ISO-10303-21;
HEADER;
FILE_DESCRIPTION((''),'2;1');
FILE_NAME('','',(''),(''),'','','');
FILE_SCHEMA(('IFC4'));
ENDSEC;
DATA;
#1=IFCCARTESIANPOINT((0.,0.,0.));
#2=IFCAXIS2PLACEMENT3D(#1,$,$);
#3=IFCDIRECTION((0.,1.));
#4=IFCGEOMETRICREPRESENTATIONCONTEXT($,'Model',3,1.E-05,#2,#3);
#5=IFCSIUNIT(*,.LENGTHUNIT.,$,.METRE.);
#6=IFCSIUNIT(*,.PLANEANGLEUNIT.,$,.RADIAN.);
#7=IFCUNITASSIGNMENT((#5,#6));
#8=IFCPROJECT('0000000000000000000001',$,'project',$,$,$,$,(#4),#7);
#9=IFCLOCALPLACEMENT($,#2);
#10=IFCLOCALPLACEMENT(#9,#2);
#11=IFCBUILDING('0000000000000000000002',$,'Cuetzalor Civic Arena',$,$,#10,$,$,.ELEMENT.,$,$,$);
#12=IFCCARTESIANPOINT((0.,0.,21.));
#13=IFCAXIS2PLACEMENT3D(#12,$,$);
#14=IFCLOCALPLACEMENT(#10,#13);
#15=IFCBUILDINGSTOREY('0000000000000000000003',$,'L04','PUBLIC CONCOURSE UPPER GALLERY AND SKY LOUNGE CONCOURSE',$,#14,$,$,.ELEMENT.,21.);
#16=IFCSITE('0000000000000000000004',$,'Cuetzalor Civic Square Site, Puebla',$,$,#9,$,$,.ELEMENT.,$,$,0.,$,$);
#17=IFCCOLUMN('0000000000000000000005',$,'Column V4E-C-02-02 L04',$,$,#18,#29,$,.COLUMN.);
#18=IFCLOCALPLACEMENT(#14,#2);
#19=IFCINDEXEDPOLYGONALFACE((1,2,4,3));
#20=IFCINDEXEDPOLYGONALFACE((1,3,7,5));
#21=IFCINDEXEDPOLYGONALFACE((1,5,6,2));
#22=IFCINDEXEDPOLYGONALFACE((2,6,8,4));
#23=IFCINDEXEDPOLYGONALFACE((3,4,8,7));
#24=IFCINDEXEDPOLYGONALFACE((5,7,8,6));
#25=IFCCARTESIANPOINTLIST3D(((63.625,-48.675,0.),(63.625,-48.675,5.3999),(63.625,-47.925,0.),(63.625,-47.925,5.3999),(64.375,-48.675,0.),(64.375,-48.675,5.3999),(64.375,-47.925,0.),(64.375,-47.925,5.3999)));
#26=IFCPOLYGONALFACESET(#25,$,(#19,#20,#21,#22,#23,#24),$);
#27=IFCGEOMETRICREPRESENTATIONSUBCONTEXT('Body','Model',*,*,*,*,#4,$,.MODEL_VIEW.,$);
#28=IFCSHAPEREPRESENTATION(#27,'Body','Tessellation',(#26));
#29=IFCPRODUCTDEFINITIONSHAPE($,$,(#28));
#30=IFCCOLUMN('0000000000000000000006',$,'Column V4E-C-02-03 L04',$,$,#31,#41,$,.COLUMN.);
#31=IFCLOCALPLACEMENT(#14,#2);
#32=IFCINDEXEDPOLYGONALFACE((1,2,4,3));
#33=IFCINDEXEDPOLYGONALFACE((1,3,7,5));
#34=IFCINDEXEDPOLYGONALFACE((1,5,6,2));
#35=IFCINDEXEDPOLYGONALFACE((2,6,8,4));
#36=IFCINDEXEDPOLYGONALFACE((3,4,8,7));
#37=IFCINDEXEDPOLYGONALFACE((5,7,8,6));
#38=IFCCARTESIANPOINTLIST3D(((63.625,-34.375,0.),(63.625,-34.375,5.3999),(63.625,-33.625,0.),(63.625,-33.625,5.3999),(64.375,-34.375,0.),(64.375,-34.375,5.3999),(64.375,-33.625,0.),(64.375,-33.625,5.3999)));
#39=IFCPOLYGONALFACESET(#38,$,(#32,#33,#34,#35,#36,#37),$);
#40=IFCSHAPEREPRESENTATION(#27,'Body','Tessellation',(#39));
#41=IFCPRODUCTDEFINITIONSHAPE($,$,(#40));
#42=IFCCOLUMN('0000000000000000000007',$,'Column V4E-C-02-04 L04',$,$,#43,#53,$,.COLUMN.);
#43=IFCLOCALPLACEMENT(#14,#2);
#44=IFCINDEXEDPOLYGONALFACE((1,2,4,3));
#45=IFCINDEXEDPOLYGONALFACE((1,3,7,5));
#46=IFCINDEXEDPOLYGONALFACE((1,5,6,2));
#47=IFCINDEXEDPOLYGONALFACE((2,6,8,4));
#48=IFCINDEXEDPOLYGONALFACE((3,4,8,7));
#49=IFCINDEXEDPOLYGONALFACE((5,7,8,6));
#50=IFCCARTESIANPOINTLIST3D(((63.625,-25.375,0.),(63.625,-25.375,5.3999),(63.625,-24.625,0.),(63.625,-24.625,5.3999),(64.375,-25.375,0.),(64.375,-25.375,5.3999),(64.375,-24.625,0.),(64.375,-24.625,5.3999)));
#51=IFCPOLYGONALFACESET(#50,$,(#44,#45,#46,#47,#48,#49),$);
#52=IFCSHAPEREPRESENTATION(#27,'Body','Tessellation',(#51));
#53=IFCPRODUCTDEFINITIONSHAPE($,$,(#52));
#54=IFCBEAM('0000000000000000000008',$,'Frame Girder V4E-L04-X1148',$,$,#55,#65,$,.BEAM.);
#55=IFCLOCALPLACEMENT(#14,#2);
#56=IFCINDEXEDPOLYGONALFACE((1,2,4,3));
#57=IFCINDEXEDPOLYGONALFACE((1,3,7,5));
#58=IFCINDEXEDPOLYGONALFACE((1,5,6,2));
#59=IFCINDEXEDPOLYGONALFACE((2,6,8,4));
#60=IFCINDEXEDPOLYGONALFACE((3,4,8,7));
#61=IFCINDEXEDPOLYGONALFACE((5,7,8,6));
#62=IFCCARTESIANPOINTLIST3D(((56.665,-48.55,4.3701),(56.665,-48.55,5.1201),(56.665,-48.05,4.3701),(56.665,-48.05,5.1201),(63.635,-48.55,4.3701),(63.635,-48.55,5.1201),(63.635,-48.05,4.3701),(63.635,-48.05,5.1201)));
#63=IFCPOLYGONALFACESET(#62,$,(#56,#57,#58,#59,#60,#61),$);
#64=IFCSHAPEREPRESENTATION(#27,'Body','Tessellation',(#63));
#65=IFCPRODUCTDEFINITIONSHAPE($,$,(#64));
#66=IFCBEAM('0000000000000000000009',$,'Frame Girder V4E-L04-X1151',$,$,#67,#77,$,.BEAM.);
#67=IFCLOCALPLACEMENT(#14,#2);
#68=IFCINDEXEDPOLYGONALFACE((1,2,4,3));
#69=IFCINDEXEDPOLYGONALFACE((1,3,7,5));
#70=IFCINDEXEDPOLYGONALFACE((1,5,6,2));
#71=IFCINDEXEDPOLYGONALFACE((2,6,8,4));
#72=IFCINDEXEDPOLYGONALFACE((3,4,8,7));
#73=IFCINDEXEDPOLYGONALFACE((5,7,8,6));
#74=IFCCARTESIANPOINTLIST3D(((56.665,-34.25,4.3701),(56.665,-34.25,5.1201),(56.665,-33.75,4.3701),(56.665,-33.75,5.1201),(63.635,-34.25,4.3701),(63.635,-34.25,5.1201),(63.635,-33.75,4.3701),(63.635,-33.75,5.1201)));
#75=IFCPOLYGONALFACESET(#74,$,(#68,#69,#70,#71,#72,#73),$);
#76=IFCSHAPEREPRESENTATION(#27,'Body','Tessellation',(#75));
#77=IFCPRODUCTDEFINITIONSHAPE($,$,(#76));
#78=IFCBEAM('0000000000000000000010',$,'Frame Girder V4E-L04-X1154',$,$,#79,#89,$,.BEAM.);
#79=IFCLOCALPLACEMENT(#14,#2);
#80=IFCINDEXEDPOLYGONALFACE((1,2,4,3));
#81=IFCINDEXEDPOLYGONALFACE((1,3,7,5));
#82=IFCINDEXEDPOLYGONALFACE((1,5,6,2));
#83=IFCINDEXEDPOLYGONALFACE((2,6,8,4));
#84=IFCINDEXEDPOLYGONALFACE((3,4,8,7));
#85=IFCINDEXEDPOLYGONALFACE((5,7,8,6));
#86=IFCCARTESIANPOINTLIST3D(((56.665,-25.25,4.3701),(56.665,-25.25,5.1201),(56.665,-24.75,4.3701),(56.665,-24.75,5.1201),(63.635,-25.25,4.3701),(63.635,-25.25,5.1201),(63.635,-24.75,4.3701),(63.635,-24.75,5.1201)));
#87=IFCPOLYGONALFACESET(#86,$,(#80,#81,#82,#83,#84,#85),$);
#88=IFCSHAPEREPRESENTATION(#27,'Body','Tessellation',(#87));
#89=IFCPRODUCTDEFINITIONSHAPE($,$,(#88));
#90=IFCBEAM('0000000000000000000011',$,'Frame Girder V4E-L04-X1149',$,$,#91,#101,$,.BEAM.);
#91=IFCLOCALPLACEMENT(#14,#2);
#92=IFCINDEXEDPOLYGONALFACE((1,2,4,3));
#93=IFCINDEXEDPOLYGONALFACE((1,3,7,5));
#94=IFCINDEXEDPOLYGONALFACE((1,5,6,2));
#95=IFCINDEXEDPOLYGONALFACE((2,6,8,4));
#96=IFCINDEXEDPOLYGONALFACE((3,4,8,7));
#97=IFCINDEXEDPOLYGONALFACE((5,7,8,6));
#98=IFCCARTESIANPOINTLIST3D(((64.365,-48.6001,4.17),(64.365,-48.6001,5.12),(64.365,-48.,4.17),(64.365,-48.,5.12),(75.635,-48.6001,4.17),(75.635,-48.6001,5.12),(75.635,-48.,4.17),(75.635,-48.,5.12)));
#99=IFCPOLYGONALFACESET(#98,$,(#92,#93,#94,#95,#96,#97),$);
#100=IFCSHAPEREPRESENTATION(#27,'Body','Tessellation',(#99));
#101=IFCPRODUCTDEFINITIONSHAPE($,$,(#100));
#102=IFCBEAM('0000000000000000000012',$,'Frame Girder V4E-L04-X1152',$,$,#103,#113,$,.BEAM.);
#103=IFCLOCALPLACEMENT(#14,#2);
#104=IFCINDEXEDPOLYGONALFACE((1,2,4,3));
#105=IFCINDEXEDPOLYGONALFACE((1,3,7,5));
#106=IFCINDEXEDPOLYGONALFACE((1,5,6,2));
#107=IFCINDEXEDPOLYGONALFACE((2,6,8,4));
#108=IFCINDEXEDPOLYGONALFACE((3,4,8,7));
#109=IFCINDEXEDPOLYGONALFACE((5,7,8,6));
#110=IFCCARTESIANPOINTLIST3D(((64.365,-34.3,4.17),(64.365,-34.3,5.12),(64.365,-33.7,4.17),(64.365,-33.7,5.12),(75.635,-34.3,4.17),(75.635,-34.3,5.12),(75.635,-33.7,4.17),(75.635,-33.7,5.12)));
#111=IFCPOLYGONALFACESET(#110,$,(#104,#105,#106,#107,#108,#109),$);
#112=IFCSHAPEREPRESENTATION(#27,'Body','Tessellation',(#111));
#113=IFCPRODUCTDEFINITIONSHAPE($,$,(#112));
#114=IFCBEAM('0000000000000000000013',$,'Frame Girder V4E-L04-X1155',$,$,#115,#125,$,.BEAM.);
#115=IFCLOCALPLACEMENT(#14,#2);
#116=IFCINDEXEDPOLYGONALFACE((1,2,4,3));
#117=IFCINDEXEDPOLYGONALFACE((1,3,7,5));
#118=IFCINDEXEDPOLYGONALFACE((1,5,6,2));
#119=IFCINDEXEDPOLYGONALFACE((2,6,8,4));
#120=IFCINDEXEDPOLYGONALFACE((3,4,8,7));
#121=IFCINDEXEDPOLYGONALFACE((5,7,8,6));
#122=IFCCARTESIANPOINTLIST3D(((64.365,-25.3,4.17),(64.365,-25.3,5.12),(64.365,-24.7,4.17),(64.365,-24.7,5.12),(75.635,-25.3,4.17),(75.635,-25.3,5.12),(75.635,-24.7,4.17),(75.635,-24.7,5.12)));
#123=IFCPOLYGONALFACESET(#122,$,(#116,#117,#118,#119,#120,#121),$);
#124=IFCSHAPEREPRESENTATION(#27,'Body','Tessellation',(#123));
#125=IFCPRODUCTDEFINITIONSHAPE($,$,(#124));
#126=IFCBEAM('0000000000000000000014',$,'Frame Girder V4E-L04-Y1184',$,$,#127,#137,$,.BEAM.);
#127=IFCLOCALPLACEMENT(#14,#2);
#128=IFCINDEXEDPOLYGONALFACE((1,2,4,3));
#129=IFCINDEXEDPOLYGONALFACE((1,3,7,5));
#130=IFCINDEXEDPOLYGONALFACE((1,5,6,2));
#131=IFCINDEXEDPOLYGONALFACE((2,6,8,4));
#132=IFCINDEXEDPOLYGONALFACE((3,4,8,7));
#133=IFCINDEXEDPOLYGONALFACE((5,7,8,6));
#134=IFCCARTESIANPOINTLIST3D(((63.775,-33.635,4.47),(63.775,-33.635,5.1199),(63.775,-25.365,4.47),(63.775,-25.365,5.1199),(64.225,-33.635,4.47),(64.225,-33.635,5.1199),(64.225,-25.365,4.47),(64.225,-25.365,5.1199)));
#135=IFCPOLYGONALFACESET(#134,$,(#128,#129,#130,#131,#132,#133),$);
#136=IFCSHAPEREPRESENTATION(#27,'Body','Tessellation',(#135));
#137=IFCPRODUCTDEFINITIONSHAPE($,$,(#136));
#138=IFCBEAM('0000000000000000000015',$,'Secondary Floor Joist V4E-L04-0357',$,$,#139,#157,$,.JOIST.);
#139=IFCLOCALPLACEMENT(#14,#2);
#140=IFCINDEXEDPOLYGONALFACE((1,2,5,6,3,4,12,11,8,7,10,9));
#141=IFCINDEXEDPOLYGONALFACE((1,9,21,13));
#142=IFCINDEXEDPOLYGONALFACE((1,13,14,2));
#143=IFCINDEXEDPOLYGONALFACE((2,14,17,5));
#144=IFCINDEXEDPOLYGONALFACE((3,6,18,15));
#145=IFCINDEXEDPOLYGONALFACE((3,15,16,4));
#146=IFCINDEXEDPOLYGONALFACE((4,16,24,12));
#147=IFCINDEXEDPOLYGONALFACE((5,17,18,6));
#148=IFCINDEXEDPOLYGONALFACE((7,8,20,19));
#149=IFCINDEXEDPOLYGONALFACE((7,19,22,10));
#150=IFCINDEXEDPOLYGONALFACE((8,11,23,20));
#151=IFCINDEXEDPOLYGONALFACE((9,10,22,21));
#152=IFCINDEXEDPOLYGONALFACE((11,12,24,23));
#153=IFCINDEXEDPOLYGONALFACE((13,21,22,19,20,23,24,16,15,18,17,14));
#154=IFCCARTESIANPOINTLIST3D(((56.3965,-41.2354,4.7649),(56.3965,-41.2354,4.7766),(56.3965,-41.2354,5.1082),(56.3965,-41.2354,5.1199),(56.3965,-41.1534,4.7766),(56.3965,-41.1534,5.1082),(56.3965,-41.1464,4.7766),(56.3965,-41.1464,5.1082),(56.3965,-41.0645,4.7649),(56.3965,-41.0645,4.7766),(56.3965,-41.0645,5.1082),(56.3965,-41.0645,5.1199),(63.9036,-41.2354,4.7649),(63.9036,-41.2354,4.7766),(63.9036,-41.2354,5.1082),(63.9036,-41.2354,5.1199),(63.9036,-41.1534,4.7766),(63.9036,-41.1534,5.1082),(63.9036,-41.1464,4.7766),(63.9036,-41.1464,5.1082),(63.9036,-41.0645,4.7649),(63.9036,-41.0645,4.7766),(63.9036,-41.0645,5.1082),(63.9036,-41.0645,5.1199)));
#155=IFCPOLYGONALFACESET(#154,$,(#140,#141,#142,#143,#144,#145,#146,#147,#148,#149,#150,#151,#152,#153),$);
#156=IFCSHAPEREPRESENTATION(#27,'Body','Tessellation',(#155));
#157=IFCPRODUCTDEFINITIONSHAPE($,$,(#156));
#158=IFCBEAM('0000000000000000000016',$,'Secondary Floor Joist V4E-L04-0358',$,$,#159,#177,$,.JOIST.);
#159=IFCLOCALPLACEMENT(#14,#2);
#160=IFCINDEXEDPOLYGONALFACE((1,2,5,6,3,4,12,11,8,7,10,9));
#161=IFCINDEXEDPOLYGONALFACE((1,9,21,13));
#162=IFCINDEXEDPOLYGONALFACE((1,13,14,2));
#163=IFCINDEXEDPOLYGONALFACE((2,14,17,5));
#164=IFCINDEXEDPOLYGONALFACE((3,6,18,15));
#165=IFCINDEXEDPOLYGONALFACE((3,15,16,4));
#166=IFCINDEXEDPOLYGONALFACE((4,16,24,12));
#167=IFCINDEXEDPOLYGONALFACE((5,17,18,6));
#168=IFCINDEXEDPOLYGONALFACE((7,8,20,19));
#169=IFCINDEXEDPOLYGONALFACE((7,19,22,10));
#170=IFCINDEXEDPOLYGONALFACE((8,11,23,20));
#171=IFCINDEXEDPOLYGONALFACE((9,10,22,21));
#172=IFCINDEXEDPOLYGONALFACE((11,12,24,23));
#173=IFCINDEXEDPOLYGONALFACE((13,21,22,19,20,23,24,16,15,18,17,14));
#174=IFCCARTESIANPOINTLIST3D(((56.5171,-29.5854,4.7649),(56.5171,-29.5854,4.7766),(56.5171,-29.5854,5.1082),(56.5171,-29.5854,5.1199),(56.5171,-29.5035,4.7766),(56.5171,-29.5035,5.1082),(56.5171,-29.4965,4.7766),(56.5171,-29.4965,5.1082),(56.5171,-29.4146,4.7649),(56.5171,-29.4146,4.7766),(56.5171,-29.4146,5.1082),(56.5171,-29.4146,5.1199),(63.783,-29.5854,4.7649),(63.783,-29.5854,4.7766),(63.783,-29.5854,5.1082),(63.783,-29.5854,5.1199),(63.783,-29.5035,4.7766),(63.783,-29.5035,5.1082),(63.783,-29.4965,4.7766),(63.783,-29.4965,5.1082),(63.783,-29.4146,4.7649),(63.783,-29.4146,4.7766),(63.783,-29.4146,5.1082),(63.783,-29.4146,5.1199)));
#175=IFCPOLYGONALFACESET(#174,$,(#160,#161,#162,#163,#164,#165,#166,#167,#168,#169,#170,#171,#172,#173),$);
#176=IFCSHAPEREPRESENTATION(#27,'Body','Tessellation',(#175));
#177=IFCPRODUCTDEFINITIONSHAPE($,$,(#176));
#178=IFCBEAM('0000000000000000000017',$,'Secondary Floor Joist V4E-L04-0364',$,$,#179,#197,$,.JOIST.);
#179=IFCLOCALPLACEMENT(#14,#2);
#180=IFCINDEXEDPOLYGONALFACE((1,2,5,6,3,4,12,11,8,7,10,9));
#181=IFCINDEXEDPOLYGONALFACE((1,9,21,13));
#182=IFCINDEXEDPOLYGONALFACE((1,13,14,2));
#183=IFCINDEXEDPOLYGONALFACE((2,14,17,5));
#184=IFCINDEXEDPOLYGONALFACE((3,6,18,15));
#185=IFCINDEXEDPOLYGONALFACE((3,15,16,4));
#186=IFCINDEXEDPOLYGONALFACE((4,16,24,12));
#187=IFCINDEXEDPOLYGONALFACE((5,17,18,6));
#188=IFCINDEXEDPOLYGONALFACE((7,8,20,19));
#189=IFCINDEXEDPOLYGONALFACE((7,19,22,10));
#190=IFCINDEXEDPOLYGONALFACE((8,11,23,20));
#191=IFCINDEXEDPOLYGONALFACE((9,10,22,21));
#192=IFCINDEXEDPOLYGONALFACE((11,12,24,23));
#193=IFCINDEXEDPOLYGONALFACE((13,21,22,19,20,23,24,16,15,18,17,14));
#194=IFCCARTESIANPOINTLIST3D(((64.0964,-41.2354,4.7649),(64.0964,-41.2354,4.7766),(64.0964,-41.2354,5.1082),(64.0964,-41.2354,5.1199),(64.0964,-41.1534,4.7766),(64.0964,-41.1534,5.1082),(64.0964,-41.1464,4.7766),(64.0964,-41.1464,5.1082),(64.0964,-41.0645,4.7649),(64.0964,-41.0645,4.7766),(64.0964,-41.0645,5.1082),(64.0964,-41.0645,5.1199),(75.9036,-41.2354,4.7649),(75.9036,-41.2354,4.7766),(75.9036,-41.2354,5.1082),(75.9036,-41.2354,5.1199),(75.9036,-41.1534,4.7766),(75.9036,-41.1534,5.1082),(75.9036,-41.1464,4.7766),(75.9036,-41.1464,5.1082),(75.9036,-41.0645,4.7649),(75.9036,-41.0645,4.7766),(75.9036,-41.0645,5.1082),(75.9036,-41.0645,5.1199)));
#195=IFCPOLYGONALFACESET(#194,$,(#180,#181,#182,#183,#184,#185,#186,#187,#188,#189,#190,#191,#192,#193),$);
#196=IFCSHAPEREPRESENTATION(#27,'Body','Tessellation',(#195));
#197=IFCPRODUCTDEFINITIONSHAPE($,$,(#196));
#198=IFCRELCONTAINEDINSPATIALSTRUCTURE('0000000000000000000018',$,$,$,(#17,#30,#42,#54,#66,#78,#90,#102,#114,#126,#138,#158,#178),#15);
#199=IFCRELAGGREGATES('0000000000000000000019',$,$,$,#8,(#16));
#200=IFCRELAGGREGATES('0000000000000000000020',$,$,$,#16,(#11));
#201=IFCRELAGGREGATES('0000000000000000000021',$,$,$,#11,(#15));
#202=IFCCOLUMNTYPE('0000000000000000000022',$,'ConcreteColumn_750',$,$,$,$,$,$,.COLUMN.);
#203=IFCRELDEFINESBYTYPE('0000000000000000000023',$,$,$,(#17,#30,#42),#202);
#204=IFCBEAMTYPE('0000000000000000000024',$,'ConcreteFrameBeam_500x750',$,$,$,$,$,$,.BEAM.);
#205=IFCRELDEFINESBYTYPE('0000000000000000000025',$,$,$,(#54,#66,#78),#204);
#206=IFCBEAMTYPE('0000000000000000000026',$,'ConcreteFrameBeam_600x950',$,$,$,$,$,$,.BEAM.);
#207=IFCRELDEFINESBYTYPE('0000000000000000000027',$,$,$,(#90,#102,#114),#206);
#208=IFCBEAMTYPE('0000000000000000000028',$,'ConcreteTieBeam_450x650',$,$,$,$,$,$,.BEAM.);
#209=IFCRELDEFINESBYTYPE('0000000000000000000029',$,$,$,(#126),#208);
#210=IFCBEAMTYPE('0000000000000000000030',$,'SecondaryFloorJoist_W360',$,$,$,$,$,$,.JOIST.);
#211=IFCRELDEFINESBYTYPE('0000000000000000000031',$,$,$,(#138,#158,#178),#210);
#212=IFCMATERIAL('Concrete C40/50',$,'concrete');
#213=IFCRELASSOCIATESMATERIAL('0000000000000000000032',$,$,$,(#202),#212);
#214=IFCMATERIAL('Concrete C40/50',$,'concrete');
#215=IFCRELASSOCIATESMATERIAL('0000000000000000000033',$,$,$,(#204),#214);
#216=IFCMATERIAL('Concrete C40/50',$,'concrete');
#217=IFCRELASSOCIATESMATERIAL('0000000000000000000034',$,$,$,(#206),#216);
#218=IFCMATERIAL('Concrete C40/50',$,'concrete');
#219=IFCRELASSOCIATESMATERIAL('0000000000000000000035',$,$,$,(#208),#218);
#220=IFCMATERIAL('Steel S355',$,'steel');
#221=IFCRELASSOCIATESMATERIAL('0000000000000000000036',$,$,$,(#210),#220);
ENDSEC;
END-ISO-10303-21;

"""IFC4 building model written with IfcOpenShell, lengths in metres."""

from ifc_helpers import new_model, si_unit, direction, frame, origin, origin_2d, place, context, subcontext, project, spatial, rectangle, i_section, extrude, material, material_profile, profile_set, type_object, element, save


model = new_model("IFC4")

# Units and contexts
model_context = context("Model", 3, precision=1e-05, world=origin(), true_north=direction((0.0, 1.0)))
body_context = subcontext(model_context, "Body", "Model", "MODEL_VIEW")
ifc_project = project(units=[si_unit("LENGTHUNIT", "METRE"), si_unit("PLANEANGLEUNIT", "RADIAN")], contexts=[model_context])

# Site, building, storey
site_placement = place(None, origin())
site = spatial("IfcSite", under=ifc_project, at=site_placement, Name="Cuetzalor Civic Square Site, Puebla", CompositionType="ELEMENT", RefElevation=0.0)
building_placement = place(site_placement, origin())
building = spatial("IfcBuilding", under=site, at=building_placement, Name="Cuetzalor Civic Arena", CompositionType="ELEMENT")
storey_placement = place(building_placement, frame((0.0, 0.0, 21.0)))
storey = spatial("IfcBuildingStorey", under=building, at=storey_placement, Name="L04", Description="PUBLIC CONCOURSE UPPER GALLERY AND SKY LOUNGE CONCOURSE", CompositionType="ELEMENT", Elevation=21.0)

# Columns
ifc_material_1 = material(Name="Concrete C40/50", Category="concrete")
ifc_material_profile_1 = material_profile(ifc_material_1, rectangle(XDim=0.75, YDim=0.75, at=origin_2d()), Name="RC 750x750")
ifc_profile_set_1 = profile_set([ifc_material_profile_1], Name="Concrete C40/50")
column_type = type_object("IfcColumnType", Name="ConcreteColumn_750", PredefinedType="COLUMN", material=ifc_profile_set_1)
for number, where, z_axis, x_axis, name in (
    (1, (64.0, -48.3, 0.0), (0.0, 0.0, 1.0), (1.0, 0.0, 0.0), "Column V4E-C-02-02 L04"),
    (2, (64.0, -34.0, 0.0), (0.0, 0.0, 1.0), (1.0, 0.0, 0.0), "Column V4E-C-02-03 L04"),
    (3, (64.0, -25.0, 0.0), (0.0, 0.0, 1.0), (1.0, 0.0, 0.0), "Column V4E-C-02-04 L04"),
):
    element("IfcColumn", number, at=place(storey_placement, frame(where, z_axis=z_axis, x_axis=x_axis)), inside=storey, type_object=column_type, Name=name, PredefinedType="COLUMN", context=body_context, shape_type="SweptSolid", body=[
        extrude(rectangle(XDim=0.75, YDim=0.75, at=origin_2d()), origin(), (0.0, 0.0, 1.0), 5.3999),
    ])

# Beams
ifc_material_2 = material(Name="Concrete C40/50", Category="concrete")
ifc_material_profile_2 = material_profile(ifc_material_2, rectangle(XDim=0.5, YDim=0.75, at=origin_2d()), Name="RC 500x750")
ifc_profile_set_2 = profile_set([ifc_material_profile_2], Name="Concrete C40/50")
beam_type_1 = type_object("IfcBeamType", Name="ConcreteFrameBeam_500x750", PredefinedType="BEAM", material=ifc_profile_set_2)
for number, where, z_axis, x_axis, name in (
    (4, (56.665, -48.3, 4.7451), (1.0, 0.0, 0.0), (0.0, 1.0, 0.0), "Frame Girder V4E-L04-X1148"),
    (5, (56.665, -34.0, 4.7451), (1.0, 0.0, 0.0), (0.0, 1.0, 0.0), "Frame Girder V4E-L04-X1151"),
    (6, (56.665, -25.0, 4.7451), (1.0, 0.0, 0.0), (0.0, 1.0, 0.0), "Frame Girder V4E-L04-X1154"),
):
    element("IfcBeam", number, at=place(storey_placement, frame(where, z_axis=z_axis, x_axis=x_axis)), inside=storey, type_object=beam_type_1, Name=name, PredefinedType="BEAM", context=body_context, shape_type="SweptSolid", body=[
        extrude(rectangle(XDim=0.5, YDim=0.75, at=origin_2d()), origin(), (0.0, 0.0, 1.0), 6.97),
    ])
ifc_material_3 = material(Name="Concrete C40/50", Category="concrete")
ifc_material_profile_3 = material_profile(ifc_material_3, rectangle(XDim=0.6001, YDim=0.95, at=origin_2d()), Name="RC 600x950")
ifc_profile_set_3 = profile_set([ifc_material_profile_3], Name="Concrete C40/50")
beam_type_2 = type_object("IfcBeamType", Name="ConcreteFrameBeam_600x950", PredefinedType="BEAM", material=ifc_profile_set_3)
for number, where, z_axis, x_axis, name in (
    (7, (64.365, -48.3, 4.645), (1.0, 0.0, 0.0), (0.0, 1.0, 0.0), "Frame Girder V4E-L04-X1149"),
    (8, (64.365, -34.0, 4.645), (1.0, 0.0, 0.0), (0.0, 1.0, 0.0), "Frame Girder V4E-L04-X1152"),
    (9, (64.365, -25.0, 4.645), (1.0, 0.0, 0.0), (0.0, 1.0, 0.0), "Frame Girder V4E-L04-X1155"),
):
    element("IfcBeam", number, at=place(storey_placement, frame(where, z_axis=z_axis, x_axis=x_axis)), inside=storey, type_object=beam_type_2, Name=name, PredefinedType="BEAM", context=body_context, shape_type="SweptSolid", body=[
        extrude(rectangle(XDim=0.6001, YDim=0.95, at=origin_2d()), origin(), (0.0, 0.0, 1.0), 11.27),
    ])
ifc_material_4 = material(Name="Concrete C40/50", Category="concrete")
ifc_material_profile_4 = material_profile(ifc_material_4, rectangle(XDim=0.45, YDim=0.6499, at=origin_2d()), Name="RC 450x650")
ifc_profile_set_4 = profile_set([ifc_material_profile_4], Name="Concrete C40/50")
beam_type_3 = type_object("IfcBeamType", Name="ConcreteTieBeam_450x650", PredefinedType="BEAM", material=ifc_profile_set_4)
beam_1_placement = place(storey_placement, frame((64.0, -33.635, 4.7949), z_axis=(0.0, 1.0, 0.0), x_axis=(-1.0, 0.0, 0.0)))
element("IfcBeam", 10, at=beam_1_placement, inside=storey, type_object=beam_type_3, Name="Frame Girder V4E-L04-Y1184", PredefinedType="BEAM", context=body_context, shape_type="SweptSolid", body=[
    extrude(rectangle(XDim=0.45, YDim=0.6499, at=origin_2d()), origin(), (0.0, 0.0, 1.0), 8.27),
])
ifc_material_5 = material(Name="Steel S355", Category="steel")
ifc_material_profile_5 = material_profile(ifc_material_5, i_section(OverallWidth=0.1709, OverallDepth=0.355, WebThickness=0.0071, FlangeThickness=0.0117, at=origin_2d()), Name="W360x51")
ifc_profile_set_5 = profile_set([ifc_material_profile_5], Name="Steel S355")
beam_type_4 = type_object("IfcBeamType", Name="SecondaryFloorJoist_W360", PredefinedType="JOIST", material=ifc_profile_set_5)
beam_2_placement = place(storey_placement, frame((56.3965, -41.1499, 4.9424), z_axis=(1.0, 0.0, 0.0), x_axis=(0.0, 1.0, 0.0)))
element("IfcBeam", 11, at=beam_2_placement, inside=storey, type_object=beam_type_4, Name="Secondary Floor Joist V4E-L04-0357", PredefinedType="JOIST", context=body_context, shape_type="SweptSolid", body=[
    extrude(i_section(OverallWidth=0.1709, OverallDepth=0.355, WebThickness=0.0071, FlangeThickness=0.0117, at=origin_2d()), origin(), (0.0, 0.0, 1.0), 7.5071),
])
beam_3_placement = place(storey_placement, frame((56.5171, -29.5, 4.9424), z_axis=(1.0, 0.0, 0.0), x_axis=(0.0, 1.0, 0.0)))
element("IfcBeam", 12, at=beam_3_placement, inside=storey, type_object=beam_type_4, Name="Secondary Floor Joist V4E-L04-0358", PredefinedType="JOIST", context=body_context, shape_type="SweptSolid", body=[
    extrude(i_section(OverallWidth=0.1709, OverallDepth=0.355, WebThickness=0.0071, FlangeThickness=0.0117, at=origin_2d()), origin(), (0.0, 0.0, 1.0), 7.2659),
])
beam_4_placement = place(storey_placement, frame((64.0964, -41.1499, 4.9424), z_axis=(1.0, 0.0, 0.0), x_axis=(0.0, 1.0, 0.0)))
element("IfcBeam", 13, at=beam_4_placement, inside=storey, type_object=beam_type_4, Name="Secondary Floor Joist V4E-L04-0364", PredefinedType="JOIST", context=body_context, shape_type="SweptSolid", body=[
    extrude(i_section(OverallWidth=0.1709, OverallDepth=0.355, WebThickness=0.0071, FlangeThickness=0.0117, at=origin_2d()), origin(), (0.0, 0.0, 1.0), 11.8071),
])

save(model, "model.ifc")
